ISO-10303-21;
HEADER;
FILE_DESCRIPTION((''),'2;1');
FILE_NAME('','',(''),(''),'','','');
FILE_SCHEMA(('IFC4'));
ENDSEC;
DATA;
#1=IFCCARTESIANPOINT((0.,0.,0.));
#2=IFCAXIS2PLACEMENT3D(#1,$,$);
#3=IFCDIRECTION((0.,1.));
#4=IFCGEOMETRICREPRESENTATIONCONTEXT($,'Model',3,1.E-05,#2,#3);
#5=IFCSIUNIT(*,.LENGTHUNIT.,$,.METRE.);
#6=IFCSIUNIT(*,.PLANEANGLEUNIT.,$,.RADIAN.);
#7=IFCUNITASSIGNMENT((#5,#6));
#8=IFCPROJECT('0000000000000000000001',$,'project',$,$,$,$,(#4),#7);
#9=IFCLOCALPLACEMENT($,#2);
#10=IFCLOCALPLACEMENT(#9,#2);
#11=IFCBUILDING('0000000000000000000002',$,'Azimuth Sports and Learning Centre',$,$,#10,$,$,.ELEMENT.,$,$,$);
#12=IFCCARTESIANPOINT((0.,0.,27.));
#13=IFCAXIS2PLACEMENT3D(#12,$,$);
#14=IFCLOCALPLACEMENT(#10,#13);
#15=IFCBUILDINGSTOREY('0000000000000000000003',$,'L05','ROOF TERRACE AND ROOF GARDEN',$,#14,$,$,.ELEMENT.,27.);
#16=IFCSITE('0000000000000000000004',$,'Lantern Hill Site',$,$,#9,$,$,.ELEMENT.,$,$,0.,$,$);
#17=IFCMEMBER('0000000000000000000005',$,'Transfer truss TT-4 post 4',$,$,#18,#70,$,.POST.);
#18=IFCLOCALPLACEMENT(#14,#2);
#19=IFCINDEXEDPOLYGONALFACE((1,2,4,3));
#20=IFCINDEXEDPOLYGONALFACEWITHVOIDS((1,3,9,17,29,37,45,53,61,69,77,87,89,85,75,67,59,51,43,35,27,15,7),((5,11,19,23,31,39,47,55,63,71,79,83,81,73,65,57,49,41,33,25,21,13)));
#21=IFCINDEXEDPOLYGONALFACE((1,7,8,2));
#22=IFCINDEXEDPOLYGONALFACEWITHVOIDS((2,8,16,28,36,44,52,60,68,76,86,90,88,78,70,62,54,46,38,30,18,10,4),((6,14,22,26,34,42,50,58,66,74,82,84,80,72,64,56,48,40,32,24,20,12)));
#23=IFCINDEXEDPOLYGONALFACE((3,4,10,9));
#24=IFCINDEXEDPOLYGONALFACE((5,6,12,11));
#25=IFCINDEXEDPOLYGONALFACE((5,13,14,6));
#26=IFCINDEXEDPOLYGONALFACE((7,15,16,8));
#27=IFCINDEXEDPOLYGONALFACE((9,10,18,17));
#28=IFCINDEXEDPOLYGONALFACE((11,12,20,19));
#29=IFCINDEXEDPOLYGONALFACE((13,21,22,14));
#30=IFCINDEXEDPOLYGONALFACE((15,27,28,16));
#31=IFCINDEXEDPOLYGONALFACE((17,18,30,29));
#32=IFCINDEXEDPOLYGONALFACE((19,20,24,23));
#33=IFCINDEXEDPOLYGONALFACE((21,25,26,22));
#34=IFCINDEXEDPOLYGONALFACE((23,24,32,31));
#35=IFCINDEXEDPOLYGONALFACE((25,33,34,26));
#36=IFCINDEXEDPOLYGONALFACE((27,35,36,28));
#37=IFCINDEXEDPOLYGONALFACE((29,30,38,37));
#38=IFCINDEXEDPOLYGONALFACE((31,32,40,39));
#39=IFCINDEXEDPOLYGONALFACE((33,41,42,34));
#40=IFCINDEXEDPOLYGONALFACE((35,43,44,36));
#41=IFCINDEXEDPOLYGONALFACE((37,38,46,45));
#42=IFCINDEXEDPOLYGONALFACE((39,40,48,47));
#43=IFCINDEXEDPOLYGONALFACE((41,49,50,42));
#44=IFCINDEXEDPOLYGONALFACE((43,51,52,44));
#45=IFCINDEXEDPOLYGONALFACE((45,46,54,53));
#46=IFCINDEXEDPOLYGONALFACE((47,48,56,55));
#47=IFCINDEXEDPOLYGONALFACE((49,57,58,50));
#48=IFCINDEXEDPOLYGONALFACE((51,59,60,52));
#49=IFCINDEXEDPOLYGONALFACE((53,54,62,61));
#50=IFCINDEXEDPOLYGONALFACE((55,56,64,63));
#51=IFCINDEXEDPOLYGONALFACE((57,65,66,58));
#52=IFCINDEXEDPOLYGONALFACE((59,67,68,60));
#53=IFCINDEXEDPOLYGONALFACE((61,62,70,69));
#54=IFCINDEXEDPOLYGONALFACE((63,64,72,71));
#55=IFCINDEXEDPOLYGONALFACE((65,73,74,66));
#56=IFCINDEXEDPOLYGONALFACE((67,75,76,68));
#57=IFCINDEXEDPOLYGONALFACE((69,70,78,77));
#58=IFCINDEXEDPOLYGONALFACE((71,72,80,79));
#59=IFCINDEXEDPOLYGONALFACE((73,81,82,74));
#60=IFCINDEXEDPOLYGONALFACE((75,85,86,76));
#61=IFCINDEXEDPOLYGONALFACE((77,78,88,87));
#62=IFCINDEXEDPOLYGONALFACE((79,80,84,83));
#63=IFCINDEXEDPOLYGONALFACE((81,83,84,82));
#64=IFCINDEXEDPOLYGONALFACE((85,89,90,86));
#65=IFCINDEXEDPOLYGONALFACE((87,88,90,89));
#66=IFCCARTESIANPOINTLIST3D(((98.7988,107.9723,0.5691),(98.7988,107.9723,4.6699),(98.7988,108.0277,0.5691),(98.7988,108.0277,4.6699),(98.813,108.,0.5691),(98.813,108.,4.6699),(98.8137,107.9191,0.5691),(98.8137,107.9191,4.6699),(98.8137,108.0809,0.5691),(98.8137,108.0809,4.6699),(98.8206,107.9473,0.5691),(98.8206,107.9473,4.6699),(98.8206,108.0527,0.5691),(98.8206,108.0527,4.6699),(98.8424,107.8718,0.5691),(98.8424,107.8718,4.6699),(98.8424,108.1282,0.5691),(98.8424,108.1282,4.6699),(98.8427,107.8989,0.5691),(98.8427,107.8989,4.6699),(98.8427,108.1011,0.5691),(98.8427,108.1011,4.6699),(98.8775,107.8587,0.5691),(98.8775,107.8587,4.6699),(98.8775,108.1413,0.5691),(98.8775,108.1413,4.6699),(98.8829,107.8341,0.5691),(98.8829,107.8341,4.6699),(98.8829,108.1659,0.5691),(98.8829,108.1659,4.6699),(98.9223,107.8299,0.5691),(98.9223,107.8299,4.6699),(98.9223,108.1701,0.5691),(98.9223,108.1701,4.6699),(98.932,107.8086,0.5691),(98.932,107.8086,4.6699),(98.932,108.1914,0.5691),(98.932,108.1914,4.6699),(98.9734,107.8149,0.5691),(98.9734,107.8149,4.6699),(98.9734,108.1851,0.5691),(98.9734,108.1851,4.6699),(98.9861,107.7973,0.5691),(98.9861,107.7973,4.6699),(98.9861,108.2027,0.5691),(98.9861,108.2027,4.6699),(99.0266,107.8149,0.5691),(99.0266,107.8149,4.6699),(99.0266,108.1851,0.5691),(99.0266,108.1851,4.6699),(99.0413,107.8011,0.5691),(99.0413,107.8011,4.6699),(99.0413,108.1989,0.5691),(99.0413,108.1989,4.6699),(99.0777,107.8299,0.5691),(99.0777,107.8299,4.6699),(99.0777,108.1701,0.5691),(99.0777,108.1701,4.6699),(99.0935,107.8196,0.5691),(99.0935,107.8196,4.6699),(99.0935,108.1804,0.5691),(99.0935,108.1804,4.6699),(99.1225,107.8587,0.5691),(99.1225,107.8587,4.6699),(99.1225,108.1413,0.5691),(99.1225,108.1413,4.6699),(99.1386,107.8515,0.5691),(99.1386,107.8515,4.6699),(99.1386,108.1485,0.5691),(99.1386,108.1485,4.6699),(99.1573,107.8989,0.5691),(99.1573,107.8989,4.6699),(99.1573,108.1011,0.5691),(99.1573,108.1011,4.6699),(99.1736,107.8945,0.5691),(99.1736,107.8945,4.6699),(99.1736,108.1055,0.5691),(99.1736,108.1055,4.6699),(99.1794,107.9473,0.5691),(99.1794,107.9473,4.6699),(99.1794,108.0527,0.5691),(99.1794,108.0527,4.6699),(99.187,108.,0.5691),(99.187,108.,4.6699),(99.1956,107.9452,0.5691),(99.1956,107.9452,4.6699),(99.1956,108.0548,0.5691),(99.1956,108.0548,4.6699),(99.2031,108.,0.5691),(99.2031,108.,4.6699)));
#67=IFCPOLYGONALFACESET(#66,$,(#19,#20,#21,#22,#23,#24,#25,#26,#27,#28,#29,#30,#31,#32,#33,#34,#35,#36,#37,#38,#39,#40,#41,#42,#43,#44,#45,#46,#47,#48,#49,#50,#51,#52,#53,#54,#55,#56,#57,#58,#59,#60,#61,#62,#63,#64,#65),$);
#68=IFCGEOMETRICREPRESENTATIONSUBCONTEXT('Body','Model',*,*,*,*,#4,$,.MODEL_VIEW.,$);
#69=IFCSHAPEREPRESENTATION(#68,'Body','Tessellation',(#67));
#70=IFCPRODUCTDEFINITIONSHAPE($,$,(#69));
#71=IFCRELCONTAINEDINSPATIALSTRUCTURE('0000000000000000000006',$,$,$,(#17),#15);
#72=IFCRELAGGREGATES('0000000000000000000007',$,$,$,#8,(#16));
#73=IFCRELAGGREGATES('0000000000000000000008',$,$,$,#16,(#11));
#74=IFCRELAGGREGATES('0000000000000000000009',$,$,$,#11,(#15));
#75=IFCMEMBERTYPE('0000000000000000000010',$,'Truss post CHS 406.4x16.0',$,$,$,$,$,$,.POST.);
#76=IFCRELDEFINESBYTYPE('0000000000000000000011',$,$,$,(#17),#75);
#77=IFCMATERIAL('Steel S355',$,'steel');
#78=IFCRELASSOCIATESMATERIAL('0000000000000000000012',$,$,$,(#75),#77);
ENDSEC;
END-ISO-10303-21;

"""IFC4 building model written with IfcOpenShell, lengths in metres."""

from ifc_helpers import new_model, si_unit, direction, frame, origin, origin_2d, place, context, subcontext, project, spatial, hollow_circle, extrude, material, material_profile, profile_set, type_object, element, save


model = new_model("IFC4")

# Units and contexts
model_context = context("Model", 3, precision=1e-05, world=origin(), true_north=direction((0.0, 1.0)))
body_context = subcontext(model_context, "Body", "Model", "MODEL_VIEW")
ifc_project = project(units=[si_unit("LENGTHUNIT", "METRE"), si_unit("PLANEANGLEUNIT", "RADIAN")], contexts=[model_context])

# Site, building, storey
site_placement = place(None, origin())
site = spatial("IfcSite", under=ifc_project, at=site_placement, Name="Lantern Hill Site", CompositionType="ELEMENT", RefElevation=0.0)
building_placement = place(site_placement, origin())
building = spatial("IfcBuilding", under=site, at=building_placement, Name="Azimuth Sports and Learning Centre", CompositionType="ELEMENT")
storey_placement = place(building_placement, frame((0.0, 0.0, 27.0)))
storey = spatial("IfcBuildingStorey", under=building, at=storey_placement, Name="L05", Description="ROOF TERRACE AND ROOF GARDEN", CompositionType="ELEMENT", Elevation=27.0)

# Member
ifc_material_1 = material(Name="Steel S355", Category="steel")
ifc_material_profile_1 = material_profile(ifc_material_1, hollow_circle(Radius=0.2031, WallThickness=0.0161, at=origin_2d()), Name="CHS 406.4x16.0")
ifc_profile_set_1 = profile_set([ifc_material_profile_1], Name="Steel S355")
member_type_1 = type_object("IfcMemberType", Name="Truss post CHS 406.4x16.0", PredefinedType="POST", material=ifc_profile_set_1)
member_1_placement = place(storey_placement, frame((99.0, 108.0, 0.5691), z_axis=(0.0, 0.0, 1.0), x_axis=(1.0, 0.0, 0.0)))
element("IfcMember", 1, at=member_1_placement, inside=storey, type_object=member_type_1, Name="Transfer truss TT-4 post 4", PredefinedType="POST", context=body_context, shape_type="SweptSolid", body=[
    extrude(hollow_circle(Radius=0.2031, WallThickness=0.0161, at=origin_2d()), origin(), (0.0, 0.0, 1.0), 4.1008),
])

save(model, "model.ifc")
